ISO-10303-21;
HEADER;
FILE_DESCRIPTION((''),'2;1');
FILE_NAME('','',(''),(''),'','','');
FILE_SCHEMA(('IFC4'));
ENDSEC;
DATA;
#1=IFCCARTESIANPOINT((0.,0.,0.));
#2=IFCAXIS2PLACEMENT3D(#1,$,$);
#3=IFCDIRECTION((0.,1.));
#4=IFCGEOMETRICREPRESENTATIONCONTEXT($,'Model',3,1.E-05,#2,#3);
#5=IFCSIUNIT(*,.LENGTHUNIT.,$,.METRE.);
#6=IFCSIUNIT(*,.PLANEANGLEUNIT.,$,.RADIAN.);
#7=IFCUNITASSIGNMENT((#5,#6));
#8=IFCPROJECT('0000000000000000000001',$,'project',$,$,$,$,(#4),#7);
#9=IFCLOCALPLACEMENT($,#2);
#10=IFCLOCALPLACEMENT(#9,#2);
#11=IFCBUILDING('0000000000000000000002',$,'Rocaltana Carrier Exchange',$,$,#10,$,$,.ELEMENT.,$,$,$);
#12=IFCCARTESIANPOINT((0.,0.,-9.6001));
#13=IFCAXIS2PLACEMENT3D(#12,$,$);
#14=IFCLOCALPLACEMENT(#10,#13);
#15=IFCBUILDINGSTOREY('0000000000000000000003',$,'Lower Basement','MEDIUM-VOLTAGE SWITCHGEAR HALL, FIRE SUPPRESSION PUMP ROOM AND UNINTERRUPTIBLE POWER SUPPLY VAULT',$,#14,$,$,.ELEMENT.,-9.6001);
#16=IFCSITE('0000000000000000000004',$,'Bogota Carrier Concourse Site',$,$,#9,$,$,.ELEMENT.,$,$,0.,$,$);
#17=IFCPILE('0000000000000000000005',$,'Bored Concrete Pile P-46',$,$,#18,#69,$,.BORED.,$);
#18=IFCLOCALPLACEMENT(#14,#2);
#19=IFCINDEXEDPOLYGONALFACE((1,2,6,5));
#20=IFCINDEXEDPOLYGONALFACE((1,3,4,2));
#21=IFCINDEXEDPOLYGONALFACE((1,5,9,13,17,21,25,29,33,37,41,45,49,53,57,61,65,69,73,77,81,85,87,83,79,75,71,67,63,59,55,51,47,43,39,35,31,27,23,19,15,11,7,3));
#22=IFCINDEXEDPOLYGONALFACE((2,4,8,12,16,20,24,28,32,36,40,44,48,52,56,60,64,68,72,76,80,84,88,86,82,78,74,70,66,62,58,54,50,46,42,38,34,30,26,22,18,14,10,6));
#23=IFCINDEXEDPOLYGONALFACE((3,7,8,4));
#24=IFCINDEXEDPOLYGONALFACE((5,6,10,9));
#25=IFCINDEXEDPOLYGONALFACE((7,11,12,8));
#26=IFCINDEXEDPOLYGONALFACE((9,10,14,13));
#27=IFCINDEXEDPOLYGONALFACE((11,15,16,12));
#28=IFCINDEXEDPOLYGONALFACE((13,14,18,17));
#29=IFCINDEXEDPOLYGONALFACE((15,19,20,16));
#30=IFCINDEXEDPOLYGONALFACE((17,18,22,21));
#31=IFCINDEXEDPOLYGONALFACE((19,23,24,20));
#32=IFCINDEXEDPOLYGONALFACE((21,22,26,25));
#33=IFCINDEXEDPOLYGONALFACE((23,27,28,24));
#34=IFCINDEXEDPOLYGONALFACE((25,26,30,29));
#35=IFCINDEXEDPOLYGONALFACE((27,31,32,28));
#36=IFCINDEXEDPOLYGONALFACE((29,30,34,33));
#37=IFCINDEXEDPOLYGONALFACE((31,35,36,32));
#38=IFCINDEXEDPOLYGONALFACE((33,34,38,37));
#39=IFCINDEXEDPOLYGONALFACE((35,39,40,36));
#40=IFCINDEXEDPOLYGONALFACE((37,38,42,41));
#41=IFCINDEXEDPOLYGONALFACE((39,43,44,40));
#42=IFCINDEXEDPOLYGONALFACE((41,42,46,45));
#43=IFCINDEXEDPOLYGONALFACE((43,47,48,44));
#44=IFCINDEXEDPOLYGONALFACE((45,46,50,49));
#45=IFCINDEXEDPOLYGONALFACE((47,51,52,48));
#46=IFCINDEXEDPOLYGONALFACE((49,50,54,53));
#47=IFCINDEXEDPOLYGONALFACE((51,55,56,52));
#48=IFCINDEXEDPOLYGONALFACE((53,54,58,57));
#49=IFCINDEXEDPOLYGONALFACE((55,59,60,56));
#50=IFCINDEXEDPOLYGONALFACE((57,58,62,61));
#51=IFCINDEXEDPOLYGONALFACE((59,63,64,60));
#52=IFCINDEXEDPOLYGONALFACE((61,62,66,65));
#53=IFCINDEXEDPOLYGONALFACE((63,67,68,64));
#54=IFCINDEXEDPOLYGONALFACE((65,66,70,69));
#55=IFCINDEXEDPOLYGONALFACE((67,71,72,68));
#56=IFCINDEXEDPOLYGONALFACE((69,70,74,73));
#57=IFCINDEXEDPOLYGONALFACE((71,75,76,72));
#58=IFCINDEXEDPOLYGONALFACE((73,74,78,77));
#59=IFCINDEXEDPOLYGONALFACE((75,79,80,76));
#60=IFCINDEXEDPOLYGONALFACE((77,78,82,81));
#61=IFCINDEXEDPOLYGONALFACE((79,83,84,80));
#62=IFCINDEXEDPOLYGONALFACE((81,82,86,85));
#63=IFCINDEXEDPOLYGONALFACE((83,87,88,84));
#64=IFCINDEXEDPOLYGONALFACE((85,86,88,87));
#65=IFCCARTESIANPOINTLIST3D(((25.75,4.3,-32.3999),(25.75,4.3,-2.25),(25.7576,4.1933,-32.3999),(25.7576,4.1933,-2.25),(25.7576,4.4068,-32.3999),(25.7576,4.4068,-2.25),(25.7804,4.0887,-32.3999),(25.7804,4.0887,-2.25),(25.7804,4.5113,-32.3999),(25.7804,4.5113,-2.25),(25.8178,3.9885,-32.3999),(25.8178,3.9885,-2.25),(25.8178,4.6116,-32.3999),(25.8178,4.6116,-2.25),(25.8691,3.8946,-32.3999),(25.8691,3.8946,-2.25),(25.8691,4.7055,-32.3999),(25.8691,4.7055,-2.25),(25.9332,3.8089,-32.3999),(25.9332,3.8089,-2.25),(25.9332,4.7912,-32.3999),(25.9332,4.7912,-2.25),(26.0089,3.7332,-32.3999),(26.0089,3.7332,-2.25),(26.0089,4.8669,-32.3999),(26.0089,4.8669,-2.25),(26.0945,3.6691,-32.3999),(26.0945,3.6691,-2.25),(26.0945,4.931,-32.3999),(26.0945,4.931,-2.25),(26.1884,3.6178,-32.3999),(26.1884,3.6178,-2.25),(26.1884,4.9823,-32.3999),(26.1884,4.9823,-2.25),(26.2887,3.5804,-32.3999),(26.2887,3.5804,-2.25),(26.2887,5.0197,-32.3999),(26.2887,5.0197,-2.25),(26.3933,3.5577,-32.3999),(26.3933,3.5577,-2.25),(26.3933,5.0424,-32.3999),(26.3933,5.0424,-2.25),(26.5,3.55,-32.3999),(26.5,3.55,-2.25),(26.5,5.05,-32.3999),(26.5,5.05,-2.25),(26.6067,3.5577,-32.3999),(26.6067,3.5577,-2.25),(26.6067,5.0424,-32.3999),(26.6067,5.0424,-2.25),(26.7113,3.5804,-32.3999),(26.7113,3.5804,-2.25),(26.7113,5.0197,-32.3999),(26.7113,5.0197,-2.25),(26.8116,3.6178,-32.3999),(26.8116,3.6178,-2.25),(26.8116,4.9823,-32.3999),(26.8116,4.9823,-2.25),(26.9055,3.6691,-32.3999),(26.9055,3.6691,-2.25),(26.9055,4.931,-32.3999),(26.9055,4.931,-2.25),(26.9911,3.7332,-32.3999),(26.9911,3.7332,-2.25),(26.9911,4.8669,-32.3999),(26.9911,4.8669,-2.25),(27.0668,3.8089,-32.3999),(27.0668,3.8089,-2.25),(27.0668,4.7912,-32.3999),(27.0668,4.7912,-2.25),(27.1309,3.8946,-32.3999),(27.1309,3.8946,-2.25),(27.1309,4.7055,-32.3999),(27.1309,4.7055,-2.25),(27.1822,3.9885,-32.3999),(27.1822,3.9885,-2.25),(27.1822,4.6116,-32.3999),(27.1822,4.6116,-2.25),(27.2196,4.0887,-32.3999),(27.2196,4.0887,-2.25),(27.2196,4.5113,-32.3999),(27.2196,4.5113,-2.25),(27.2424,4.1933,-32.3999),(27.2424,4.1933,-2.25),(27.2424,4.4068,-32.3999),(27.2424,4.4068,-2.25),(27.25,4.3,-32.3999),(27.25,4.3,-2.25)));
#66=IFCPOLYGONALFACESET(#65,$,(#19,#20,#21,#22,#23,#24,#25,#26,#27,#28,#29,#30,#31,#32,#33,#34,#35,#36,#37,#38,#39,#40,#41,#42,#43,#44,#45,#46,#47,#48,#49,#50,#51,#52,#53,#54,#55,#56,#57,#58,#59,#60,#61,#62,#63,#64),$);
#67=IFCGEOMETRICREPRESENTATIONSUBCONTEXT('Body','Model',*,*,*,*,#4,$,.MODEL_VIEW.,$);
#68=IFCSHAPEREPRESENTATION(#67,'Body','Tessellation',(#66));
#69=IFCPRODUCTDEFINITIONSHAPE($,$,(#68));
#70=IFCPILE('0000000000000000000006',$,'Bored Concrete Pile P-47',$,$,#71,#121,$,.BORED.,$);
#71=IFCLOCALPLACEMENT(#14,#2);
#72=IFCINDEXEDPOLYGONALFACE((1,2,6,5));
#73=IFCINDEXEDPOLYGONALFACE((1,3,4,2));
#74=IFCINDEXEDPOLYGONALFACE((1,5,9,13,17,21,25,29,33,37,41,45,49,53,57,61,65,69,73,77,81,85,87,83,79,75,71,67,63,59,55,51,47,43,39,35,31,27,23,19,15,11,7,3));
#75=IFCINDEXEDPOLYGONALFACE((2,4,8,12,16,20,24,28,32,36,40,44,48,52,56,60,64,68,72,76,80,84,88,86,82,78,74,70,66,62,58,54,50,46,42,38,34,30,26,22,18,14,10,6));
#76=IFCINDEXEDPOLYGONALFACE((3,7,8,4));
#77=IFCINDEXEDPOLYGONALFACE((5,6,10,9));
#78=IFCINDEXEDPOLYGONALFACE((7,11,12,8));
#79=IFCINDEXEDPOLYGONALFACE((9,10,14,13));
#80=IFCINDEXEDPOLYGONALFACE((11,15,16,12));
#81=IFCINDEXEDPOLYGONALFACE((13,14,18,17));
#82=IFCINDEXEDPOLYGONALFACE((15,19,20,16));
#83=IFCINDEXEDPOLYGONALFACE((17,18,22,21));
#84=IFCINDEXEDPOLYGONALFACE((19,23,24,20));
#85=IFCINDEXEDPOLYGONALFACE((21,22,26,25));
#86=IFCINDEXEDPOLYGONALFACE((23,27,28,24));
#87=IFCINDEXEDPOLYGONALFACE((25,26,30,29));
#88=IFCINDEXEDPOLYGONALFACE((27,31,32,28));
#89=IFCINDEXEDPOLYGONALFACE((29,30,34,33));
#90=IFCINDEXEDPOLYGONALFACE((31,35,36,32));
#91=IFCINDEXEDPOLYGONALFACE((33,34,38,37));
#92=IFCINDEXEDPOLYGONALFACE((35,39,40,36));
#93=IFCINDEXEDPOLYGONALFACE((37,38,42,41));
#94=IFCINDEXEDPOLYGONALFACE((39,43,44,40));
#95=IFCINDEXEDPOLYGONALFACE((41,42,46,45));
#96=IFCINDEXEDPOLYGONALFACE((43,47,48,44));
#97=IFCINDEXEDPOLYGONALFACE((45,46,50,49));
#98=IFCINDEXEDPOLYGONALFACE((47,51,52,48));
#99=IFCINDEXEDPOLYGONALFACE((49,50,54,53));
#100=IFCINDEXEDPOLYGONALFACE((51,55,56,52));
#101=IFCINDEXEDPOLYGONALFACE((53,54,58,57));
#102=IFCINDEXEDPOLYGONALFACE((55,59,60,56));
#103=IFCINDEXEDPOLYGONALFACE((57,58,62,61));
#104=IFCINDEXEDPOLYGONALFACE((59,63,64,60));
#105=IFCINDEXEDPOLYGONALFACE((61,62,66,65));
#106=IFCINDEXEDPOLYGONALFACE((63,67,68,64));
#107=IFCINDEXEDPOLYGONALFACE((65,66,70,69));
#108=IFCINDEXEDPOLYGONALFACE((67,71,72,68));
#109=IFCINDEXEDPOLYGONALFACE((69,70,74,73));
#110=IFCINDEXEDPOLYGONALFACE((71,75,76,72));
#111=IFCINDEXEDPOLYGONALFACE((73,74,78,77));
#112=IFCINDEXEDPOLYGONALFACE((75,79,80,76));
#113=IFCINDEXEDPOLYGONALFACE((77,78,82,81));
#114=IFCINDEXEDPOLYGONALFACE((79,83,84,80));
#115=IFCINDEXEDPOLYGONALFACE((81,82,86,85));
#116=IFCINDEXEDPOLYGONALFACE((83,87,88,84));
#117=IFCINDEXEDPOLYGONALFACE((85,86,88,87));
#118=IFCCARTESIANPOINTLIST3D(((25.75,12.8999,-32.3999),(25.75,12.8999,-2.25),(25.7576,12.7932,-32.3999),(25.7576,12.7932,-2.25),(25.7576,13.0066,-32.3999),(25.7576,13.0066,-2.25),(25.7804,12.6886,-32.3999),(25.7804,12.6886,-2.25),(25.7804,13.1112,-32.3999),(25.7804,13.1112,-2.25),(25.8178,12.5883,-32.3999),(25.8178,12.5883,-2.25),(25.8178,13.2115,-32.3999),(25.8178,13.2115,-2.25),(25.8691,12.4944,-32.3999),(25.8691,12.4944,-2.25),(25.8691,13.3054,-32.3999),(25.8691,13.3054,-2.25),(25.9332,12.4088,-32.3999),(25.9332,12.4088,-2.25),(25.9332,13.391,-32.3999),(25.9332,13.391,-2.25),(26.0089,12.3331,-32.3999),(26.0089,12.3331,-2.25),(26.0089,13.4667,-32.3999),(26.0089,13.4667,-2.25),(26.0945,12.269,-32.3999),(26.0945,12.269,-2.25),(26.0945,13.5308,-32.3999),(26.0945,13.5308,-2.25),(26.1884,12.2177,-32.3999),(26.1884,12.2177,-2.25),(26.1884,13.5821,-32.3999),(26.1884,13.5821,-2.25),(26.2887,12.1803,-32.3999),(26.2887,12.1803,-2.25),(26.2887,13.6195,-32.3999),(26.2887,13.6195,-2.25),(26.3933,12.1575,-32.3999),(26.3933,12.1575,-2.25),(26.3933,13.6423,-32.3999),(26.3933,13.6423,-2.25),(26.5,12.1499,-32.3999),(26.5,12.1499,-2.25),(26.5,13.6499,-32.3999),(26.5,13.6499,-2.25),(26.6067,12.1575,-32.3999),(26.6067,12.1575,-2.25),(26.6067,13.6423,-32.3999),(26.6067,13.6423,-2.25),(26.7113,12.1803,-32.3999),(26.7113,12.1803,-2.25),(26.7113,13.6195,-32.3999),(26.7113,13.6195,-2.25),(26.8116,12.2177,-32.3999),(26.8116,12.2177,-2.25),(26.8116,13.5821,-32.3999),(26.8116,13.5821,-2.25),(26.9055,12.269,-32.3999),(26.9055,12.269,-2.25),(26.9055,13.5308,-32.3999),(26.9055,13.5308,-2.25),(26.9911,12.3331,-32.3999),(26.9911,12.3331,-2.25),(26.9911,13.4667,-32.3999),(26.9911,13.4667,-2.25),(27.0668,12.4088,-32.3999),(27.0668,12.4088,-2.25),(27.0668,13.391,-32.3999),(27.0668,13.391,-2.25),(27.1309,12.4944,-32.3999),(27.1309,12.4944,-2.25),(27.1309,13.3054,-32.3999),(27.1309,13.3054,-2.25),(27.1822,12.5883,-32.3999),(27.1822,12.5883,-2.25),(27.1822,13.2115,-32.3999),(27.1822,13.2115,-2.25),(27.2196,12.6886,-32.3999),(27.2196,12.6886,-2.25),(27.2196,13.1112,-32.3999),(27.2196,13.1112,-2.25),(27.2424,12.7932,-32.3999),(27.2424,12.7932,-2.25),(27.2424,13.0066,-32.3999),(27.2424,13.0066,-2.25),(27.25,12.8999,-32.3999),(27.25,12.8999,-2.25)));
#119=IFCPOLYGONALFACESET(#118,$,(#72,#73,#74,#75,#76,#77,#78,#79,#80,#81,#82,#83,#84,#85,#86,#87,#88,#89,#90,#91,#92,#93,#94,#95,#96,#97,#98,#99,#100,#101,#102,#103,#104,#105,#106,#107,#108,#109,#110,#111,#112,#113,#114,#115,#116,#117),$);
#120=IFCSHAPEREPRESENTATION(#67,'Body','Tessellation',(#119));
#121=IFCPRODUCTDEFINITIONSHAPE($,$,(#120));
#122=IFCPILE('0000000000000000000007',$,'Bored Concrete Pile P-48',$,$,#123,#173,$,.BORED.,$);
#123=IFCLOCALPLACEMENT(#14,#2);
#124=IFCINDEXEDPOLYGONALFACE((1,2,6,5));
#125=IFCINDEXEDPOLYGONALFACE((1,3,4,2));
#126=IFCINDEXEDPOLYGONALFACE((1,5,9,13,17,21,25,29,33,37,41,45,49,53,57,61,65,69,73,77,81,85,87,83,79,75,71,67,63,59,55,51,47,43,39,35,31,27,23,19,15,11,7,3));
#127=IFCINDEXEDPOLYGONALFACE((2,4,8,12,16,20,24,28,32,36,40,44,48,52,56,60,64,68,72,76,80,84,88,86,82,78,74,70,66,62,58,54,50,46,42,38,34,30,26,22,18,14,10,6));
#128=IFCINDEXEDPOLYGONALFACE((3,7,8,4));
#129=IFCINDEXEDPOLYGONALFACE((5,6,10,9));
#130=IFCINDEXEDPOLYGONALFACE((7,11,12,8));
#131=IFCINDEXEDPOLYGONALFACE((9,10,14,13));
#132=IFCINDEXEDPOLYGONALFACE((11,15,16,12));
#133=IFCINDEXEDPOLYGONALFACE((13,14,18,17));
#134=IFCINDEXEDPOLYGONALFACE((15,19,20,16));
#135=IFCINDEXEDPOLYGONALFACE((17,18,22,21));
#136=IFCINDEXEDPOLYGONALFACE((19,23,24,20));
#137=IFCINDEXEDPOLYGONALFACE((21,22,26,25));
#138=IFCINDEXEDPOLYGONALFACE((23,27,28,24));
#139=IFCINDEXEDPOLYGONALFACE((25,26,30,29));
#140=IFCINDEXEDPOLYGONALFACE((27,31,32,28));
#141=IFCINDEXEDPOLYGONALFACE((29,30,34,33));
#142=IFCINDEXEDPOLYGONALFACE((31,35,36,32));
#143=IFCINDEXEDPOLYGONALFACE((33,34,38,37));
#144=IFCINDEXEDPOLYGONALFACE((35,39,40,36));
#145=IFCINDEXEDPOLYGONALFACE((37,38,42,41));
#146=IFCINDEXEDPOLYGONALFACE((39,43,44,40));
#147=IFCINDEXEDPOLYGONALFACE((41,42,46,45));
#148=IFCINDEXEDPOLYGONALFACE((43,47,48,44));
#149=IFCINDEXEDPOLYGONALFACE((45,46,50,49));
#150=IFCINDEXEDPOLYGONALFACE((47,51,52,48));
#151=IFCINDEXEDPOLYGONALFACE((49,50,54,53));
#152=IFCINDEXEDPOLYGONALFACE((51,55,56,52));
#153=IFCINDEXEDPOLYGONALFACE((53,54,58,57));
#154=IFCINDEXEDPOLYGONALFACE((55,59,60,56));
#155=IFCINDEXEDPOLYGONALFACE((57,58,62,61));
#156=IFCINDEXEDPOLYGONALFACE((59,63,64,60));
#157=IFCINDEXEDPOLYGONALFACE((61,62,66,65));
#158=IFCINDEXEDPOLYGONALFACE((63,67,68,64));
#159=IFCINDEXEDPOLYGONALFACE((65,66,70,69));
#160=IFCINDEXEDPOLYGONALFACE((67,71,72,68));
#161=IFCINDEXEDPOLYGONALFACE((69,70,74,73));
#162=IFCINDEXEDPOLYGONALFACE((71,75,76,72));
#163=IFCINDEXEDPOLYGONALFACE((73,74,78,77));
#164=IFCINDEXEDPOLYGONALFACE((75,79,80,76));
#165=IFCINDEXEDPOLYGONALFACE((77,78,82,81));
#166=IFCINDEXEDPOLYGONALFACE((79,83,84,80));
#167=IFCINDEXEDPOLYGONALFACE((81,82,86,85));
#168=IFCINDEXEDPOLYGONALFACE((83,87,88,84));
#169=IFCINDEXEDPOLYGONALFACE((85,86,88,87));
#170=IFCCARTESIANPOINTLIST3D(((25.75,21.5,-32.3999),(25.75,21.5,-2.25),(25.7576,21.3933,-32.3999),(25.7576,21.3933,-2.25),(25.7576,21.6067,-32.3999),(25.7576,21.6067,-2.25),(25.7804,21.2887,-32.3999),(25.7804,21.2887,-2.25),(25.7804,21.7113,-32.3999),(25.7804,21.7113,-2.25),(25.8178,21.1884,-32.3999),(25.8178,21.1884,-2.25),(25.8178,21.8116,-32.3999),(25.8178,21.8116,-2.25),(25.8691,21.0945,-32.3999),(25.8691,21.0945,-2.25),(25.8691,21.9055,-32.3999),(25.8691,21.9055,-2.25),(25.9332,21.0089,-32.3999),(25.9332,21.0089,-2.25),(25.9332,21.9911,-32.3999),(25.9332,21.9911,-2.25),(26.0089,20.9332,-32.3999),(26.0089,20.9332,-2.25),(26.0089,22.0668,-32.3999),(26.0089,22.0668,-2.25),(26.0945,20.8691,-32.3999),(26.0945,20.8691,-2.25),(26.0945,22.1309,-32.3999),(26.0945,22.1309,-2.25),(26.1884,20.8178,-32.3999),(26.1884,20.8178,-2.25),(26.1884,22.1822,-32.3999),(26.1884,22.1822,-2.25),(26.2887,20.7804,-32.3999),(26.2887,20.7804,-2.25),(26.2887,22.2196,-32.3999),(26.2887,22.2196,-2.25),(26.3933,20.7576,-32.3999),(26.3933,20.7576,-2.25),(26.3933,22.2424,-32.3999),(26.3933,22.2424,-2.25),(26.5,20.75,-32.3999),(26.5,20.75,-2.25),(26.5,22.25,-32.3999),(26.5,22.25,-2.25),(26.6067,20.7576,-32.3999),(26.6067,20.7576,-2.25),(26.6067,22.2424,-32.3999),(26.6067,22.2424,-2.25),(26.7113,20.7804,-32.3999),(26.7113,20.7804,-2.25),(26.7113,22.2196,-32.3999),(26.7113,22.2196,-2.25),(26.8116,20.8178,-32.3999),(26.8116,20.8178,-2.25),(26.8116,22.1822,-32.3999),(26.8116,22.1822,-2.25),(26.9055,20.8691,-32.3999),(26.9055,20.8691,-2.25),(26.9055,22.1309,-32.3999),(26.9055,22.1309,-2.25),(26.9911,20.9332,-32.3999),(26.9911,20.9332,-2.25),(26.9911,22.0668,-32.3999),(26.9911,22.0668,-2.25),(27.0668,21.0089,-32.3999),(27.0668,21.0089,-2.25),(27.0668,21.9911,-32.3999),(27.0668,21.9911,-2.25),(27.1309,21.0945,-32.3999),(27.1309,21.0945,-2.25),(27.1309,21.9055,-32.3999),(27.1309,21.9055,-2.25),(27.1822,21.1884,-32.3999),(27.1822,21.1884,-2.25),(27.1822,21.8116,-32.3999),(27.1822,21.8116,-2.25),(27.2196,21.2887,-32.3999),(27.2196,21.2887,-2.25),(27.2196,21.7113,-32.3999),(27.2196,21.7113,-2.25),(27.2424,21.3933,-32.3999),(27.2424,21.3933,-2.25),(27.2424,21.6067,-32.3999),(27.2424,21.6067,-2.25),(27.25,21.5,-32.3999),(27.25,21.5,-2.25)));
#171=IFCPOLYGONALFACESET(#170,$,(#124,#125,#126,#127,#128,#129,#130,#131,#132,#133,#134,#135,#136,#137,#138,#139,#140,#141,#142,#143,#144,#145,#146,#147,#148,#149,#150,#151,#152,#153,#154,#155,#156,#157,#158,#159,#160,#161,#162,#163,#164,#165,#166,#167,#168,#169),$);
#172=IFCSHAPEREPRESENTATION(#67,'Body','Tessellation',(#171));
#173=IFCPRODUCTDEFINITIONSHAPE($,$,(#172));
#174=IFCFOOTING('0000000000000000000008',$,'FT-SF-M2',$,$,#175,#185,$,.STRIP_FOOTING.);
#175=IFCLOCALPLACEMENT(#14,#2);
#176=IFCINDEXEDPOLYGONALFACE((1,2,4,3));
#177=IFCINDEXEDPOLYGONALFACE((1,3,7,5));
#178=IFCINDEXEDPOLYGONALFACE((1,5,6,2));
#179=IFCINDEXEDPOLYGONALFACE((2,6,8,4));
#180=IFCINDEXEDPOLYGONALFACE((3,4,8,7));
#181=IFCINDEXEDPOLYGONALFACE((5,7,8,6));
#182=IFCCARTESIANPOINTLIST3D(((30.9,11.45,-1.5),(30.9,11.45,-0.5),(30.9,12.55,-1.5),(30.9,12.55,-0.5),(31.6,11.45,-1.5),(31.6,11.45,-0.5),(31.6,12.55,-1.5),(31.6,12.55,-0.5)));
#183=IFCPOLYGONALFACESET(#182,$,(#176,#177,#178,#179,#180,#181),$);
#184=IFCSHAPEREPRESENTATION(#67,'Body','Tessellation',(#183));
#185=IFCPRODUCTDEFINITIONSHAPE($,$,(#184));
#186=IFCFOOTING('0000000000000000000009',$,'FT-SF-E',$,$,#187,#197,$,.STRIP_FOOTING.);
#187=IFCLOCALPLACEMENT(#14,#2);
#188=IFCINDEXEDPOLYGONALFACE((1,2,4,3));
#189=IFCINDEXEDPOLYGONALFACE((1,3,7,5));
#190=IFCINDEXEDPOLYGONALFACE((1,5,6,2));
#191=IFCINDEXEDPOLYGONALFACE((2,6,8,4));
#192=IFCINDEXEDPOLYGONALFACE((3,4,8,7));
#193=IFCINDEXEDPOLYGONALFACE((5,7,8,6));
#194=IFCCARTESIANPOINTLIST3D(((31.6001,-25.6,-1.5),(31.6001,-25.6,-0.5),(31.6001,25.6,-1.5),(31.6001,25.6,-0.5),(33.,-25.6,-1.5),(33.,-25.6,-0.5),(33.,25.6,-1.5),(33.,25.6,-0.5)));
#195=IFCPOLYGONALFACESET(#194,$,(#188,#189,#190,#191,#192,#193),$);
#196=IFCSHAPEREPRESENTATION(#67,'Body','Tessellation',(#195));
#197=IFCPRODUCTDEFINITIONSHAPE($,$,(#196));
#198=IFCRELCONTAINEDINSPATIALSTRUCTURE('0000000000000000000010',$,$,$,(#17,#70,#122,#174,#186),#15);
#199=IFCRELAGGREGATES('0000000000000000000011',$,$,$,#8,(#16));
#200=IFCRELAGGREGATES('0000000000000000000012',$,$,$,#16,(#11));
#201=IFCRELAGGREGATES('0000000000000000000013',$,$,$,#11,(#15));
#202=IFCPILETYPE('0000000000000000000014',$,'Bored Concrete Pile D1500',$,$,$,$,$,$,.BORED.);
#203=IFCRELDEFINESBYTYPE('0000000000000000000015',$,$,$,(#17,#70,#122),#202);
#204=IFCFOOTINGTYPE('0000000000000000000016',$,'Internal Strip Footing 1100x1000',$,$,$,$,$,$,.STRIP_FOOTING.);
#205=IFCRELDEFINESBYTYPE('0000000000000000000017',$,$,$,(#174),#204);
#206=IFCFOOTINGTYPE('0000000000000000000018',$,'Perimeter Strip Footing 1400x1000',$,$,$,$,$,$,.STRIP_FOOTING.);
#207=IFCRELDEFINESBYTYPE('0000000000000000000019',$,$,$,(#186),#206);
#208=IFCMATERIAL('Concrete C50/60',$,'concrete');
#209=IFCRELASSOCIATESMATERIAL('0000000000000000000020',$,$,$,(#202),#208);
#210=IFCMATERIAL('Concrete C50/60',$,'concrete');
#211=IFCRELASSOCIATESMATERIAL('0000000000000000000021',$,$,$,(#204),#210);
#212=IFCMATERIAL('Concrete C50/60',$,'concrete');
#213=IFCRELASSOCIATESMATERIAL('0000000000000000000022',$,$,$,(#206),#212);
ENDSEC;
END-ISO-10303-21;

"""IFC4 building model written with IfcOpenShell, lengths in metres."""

from ifc_helpers import new_model, si_unit, direction, frame, origin, origin_2d, place, context, subcontext, project, spatial, rectangle, circle, extrude, material, material_profile, profile_set, type_object, element, save


model = new_model("IFC4")

# Units and contexts
model_context = context("Model", 3, precision=1e-05, world=origin(), true_north=direction((0.0, 1.0)))
body_context = subcontext(model_context, "Body", "Model", "MODEL_VIEW")
ifc_project = project(units=[si_unit("LENGTHUNIT", "METRE"), si_unit("PLANEANGLEUNIT", "RADIAN")], contexts=[model_context])

# Site, building, storey
site_placement = place(None, origin())
site = spatial("IfcSite", under=ifc_project, at=site_placement, Name="Bogota Carrier Concourse Site", CompositionType="ELEMENT", RefElevation=0.0)
building_placement = place(site_placement, origin())
building = spatial("IfcBuilding", under=site, at=building_placement, Name="Rocaltana Carrier Exchange", CompositionType="ELEMENT")
storey_placement = place(building_placement, frame((0.0, 0.0, -9.6001)))
storey = spatial("IfcBuildingStorey", under=building, at=storey_placement, Name="Lower Basement", Description="MEDIUM-VOLTAGE SWITCHGEAR HALL, FIRE SUPPRESSION PUMP ROOM AND UNINTERRUPTIBLE POWER SUPPLY VAULT", CompositionType="ELEMENT", Elevation=-9.6001)

# Piles
ifc_material_1 = material(Name="Concrete C50/60", Category="concrete")
ifc_material_profile_1 = material_profile(ifc_material_1, circle(Radius=0.75, at=origin_2d()), Name="PILE-D1500")
ifc_profile_set_1 = profile_set([ifc_material_profile_1], Name="Concrete C50/60")
pile_type = type_object("IfcPileType", Name="Bored Concrete Pile D1500", PredefinedType="BORED", material=ifc_profile_set_1)
for number, where, z_axis, x_axis, name in (
    (1, (26.5, 4.3, -2.25), (0.0, 0.0, -1.0), (1.0, 0.0, 0.0), "Bored Concrete Pile P-46"),
    (2, (26.5, 12.8999, -2.25), (0.0, 0.0, -1.0), (1.0, 0.0, 0.0), "Bored Concrete Pile P-47"),
    (3, (26.5, 21.5, -2.25), (0.0, 0.0, -1.0), (1.0, 0.0, 0.0), "Bored Concrete Pile P-48"),
):
    element("IfcPile", number, at=place(storey_placement, frame(where, z_axis=z_axis, x_axis=x_axis)), inside=storey, type_object=pile_type, Name=name, PredefinedType="BORED", context=body_context, shape_type="SweptSolid", body=[
        extrude(circle(Radius=0.75, at=origin_2d()), origin(), (0.0, 0.0, 1.0), 30.1499),
    ])

# Footings
ifc_material_2 = material(Name="Concrete C50/60", Category="concrete")
footing_type_1 = type_object("IfcFootingType", Name="Internal Strip Footing 1100x1000", PredefinedType="STRIP_FOOTING", material=ifc_material_2)
footing_1_placement = place(storey_placement, frame((31.25, 12.0, -1.5), z_axis=(0.0, 0.0, 1.0), x_axis=(1.0, 0.0, 0.0)))
element("IfcFooting", 4, at=footing_1_placement, inside=storey, type_object=footing_type_1, Name="FT-SF-M2", PredefinedType="STRIP_FOOTING", context=body_context, shape_type="SweptSolid", body=[
    extrude(rectangle(XDim=0.7, YDim=1.1001, at=origin_2d()), origin(), (0.0, 0.0, 1.0), 1.0),
])
ifc_material_3 = material(Name="Concrete C50/60", Category="concrete")
footing_type_2 = type_object("IfcFootingType", Name="Perimeter Strip Footing 1400x1000", PredefinedType="STRIP_FOOTING", material=ifc_material_3)
footing_2_placement = place(storey_placement, frame((32.3, 0.0, -1.5), z_axis=(0.0, 0.0, 1.0), x_axis=(1.0, 0.0, 0.0)))
element("IfcFooting", 5, at=footing_2_placement, inside=storey, type_object=footing_type_2, Name="FT-SF-E", PredefinedType="STRIP_FOOTING", context=body_context, shape_type="SweptSolid", body=[
    extrude(rectangle(XDim=1.3999, YDim=51.2, at=origin_2d()), origin(), (0.0, 0.0, 1.0), 1.0),
])

save(model, "model.ifc")
